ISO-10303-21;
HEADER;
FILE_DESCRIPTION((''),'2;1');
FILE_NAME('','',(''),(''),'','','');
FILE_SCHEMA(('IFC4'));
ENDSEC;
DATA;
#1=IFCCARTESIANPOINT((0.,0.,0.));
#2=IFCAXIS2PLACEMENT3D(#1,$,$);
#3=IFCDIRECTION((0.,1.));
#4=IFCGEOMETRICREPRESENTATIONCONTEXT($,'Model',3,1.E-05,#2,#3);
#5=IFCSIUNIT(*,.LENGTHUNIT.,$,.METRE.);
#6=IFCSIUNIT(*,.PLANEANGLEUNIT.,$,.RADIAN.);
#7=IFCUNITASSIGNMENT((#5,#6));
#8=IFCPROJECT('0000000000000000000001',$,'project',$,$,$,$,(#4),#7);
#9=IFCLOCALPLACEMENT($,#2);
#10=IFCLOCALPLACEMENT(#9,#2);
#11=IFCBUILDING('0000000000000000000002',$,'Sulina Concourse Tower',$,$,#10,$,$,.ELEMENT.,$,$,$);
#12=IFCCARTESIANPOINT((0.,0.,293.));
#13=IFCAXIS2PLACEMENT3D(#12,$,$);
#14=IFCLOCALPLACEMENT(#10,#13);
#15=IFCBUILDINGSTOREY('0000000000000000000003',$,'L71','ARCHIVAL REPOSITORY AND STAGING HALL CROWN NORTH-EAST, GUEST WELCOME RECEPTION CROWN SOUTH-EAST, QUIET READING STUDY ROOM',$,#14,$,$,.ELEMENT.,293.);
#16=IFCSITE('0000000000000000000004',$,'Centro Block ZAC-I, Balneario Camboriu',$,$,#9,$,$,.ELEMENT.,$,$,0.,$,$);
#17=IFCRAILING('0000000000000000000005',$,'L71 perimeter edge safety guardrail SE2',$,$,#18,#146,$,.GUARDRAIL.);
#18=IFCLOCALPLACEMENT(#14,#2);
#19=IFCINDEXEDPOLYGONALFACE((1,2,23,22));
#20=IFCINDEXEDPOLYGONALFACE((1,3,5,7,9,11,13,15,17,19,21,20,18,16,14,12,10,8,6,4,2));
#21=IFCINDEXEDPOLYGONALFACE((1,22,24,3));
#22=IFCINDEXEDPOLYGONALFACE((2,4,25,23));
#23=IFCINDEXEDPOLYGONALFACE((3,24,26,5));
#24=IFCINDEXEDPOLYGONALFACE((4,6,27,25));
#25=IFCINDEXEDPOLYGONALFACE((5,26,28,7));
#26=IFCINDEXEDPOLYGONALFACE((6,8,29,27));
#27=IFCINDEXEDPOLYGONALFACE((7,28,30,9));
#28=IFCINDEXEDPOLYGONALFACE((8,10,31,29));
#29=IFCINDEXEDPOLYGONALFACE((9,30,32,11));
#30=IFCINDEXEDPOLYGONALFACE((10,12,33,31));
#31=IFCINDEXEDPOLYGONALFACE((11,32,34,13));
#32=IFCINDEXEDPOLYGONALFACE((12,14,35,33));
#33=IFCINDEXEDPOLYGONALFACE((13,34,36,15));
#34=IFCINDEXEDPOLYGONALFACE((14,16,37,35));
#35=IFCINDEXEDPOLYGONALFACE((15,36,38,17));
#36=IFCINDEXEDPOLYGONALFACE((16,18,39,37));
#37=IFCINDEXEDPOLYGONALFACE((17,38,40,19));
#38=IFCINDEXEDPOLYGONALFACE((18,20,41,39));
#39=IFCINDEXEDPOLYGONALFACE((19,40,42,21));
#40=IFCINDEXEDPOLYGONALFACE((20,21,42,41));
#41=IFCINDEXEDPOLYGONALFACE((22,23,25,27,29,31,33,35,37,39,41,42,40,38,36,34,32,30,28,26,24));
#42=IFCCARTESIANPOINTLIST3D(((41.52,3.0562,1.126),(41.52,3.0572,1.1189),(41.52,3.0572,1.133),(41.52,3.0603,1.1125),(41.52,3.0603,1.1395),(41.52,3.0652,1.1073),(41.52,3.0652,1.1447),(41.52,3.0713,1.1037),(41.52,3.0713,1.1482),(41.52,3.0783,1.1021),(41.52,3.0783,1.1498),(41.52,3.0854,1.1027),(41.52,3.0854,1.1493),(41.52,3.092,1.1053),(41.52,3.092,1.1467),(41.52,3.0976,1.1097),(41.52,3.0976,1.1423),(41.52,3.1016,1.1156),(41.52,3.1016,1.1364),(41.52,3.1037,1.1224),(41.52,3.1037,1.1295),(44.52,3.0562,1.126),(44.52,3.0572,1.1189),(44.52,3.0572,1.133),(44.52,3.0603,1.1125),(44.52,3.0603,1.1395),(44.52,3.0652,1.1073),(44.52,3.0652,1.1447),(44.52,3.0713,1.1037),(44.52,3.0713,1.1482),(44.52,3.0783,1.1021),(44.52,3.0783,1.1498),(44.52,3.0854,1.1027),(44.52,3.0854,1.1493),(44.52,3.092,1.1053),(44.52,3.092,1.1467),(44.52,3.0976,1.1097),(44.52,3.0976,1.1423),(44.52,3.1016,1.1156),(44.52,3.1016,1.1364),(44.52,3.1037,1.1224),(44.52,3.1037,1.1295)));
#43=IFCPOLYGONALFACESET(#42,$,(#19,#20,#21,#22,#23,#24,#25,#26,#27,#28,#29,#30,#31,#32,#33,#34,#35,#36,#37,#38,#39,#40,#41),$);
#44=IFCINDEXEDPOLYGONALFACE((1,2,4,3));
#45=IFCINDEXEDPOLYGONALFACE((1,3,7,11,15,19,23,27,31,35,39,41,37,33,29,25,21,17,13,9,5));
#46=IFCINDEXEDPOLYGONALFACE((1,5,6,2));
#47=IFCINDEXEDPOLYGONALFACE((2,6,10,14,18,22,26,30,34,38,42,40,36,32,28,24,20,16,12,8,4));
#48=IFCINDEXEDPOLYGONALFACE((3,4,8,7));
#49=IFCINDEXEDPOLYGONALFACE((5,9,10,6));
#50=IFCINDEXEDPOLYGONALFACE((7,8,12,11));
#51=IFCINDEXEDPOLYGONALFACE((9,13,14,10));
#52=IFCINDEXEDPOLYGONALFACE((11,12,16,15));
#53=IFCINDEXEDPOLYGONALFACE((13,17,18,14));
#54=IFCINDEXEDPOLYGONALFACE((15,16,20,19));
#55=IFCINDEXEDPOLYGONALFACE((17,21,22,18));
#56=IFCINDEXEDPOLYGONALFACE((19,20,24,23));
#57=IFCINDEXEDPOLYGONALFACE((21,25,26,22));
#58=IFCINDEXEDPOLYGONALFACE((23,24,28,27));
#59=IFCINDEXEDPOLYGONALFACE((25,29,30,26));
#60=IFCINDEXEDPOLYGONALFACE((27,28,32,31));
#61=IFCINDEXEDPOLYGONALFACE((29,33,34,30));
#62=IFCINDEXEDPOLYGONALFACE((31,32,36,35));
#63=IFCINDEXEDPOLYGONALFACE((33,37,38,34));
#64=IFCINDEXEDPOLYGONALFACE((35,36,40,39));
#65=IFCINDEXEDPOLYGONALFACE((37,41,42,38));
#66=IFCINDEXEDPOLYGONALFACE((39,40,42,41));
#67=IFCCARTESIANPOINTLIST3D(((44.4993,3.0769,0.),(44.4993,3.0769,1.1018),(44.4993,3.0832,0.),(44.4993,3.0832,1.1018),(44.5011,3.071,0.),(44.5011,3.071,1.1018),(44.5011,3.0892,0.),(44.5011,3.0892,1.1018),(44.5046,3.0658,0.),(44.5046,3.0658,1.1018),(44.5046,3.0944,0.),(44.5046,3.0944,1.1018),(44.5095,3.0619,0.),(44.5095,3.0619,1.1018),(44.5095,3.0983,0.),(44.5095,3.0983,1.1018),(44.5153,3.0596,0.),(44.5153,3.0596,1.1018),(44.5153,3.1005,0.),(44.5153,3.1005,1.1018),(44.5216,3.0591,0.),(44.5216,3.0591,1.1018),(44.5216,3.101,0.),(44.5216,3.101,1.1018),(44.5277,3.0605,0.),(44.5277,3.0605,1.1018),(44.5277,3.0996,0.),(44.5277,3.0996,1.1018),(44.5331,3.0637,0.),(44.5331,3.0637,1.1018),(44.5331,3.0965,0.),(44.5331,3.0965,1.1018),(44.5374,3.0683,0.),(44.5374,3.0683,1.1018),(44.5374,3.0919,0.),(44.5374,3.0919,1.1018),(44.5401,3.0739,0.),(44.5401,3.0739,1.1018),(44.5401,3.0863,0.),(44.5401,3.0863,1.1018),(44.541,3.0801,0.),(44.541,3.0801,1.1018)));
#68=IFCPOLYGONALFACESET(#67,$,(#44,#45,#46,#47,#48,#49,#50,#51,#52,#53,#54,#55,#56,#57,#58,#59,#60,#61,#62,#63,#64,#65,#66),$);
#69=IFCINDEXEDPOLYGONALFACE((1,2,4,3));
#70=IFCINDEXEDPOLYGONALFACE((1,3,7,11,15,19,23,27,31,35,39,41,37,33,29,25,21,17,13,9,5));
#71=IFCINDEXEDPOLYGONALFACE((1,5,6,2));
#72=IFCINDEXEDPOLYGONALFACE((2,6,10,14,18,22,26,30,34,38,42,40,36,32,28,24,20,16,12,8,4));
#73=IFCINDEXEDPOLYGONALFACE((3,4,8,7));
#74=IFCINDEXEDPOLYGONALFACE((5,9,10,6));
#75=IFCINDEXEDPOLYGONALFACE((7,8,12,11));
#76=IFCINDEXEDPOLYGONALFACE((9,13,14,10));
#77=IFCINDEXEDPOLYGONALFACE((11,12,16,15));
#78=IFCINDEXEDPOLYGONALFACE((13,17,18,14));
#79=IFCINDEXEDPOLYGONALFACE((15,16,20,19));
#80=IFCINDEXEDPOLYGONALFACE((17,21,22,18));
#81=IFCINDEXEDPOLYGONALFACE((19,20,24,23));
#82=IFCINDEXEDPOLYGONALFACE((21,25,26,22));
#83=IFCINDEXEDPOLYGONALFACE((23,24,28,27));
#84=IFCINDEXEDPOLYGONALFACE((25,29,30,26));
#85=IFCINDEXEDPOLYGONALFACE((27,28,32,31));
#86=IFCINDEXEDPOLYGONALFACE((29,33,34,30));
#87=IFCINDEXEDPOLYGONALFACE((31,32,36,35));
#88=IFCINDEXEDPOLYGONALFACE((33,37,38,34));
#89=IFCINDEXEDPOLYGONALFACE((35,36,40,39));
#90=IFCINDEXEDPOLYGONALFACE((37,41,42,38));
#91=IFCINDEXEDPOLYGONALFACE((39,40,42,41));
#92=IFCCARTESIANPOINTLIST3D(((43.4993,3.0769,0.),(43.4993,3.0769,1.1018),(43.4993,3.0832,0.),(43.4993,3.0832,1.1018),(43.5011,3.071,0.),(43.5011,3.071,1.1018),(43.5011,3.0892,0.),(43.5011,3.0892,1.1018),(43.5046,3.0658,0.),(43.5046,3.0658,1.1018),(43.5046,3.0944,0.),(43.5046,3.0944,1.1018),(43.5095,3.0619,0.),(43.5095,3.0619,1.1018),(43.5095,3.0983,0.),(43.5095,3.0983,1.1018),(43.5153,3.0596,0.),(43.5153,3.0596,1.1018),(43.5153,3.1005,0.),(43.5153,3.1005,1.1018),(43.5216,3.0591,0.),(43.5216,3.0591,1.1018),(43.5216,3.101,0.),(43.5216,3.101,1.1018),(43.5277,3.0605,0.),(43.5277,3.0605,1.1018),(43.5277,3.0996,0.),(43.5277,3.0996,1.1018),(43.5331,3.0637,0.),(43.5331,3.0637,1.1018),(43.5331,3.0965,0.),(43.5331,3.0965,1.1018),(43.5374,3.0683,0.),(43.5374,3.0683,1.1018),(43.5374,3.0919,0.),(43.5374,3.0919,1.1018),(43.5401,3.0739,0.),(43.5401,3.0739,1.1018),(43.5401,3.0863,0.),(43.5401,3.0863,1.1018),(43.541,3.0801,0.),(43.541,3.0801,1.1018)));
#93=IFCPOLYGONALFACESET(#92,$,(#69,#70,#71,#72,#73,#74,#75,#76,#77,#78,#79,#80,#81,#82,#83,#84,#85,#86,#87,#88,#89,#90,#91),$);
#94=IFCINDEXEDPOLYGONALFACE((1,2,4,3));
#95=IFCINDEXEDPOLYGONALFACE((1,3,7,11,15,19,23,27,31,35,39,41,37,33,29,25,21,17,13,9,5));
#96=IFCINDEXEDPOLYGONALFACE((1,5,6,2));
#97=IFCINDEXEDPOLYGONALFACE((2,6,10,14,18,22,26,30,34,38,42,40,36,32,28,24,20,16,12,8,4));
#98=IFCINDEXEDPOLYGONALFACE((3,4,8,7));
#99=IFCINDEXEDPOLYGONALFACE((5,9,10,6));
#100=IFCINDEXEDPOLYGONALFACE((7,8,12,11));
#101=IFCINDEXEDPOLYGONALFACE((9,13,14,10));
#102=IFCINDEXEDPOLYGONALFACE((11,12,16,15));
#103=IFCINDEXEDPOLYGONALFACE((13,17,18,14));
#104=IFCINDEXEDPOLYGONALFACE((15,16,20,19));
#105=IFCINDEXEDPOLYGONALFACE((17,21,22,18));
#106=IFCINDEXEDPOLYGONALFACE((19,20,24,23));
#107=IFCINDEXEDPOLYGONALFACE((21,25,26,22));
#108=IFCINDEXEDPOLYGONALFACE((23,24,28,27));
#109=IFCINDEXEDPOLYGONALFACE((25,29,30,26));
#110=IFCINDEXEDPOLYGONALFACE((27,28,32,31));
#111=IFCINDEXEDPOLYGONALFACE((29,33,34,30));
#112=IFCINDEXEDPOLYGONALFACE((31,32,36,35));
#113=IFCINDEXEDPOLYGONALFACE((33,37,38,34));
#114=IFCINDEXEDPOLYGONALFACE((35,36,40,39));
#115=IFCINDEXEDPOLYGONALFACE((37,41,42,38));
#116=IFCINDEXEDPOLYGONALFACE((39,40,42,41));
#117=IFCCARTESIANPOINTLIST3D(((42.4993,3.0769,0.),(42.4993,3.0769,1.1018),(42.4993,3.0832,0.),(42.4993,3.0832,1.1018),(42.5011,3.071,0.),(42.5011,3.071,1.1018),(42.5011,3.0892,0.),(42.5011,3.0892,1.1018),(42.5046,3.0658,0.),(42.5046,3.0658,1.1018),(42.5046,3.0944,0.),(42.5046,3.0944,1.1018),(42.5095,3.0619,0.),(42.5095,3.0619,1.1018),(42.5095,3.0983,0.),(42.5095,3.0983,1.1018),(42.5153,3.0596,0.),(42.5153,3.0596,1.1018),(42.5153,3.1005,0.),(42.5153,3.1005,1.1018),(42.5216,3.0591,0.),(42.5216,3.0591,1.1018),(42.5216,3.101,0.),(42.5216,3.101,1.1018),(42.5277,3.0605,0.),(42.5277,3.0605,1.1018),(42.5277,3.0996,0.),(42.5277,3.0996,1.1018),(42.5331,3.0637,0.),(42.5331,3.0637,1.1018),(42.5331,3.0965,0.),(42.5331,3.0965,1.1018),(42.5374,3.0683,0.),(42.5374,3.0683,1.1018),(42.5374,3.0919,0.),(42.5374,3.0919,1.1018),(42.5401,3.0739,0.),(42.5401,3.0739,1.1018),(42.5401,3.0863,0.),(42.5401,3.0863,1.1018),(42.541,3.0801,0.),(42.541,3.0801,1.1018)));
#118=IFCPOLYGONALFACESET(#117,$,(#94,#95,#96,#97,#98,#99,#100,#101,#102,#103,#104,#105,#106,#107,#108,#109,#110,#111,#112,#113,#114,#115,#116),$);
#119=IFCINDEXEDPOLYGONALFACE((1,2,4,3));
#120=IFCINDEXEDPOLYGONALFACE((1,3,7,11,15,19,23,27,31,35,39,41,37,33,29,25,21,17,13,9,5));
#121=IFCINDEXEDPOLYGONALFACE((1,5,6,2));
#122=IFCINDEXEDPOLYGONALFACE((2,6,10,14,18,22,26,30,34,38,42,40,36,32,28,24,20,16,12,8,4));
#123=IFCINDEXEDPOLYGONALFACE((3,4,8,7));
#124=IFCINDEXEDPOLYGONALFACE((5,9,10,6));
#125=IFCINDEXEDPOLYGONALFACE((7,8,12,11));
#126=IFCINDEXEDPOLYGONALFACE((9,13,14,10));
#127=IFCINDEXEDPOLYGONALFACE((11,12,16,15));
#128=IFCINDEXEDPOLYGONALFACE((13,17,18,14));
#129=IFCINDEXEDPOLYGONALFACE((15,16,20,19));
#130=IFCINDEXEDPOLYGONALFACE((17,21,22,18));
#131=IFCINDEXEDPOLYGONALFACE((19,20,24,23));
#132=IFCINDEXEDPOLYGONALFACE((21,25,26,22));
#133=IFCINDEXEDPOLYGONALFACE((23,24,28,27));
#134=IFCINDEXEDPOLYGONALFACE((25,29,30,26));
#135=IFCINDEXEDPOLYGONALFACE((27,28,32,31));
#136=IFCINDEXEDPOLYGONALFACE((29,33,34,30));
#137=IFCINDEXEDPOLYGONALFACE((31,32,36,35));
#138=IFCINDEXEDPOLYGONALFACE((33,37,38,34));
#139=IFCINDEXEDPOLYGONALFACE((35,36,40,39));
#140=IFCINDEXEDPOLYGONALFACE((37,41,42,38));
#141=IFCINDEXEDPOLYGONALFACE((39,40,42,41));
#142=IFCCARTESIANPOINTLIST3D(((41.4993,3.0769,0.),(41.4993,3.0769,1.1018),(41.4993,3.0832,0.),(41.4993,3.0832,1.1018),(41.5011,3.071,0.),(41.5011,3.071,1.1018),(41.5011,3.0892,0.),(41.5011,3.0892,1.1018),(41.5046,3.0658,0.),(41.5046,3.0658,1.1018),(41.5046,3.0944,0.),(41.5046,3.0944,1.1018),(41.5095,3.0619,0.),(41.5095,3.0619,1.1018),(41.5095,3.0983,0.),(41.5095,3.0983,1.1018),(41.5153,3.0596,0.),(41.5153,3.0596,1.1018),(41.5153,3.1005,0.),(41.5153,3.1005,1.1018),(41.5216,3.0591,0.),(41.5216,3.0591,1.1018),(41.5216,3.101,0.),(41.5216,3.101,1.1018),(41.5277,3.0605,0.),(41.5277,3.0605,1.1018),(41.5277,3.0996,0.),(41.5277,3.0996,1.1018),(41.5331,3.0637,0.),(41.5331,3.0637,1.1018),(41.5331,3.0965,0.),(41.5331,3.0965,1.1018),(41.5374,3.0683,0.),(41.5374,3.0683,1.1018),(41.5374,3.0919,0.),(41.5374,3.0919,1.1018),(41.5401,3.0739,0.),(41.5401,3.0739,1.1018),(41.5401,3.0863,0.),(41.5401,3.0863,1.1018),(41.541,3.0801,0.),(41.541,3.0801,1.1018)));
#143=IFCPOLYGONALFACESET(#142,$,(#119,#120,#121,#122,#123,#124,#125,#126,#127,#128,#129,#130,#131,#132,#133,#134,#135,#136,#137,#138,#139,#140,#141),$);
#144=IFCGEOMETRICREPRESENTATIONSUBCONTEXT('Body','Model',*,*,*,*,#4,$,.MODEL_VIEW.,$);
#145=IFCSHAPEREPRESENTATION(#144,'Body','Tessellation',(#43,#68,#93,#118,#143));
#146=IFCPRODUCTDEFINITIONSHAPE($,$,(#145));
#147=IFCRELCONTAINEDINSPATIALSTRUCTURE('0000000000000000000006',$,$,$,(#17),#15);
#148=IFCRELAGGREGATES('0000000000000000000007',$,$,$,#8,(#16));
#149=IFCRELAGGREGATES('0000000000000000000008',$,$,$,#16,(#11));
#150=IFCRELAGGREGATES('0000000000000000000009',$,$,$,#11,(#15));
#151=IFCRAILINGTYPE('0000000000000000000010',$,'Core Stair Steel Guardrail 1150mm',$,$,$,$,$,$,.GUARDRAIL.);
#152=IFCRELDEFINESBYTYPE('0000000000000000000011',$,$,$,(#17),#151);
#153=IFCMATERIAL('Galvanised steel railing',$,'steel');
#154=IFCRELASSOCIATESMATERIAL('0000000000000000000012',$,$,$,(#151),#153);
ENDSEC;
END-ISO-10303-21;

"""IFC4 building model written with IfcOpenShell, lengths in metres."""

from ifc_helpers import new_model, si_unit, direction, frame, origin, origin_2d, place, context, subcontext, project, spatial, circle, extrude, material, type_object, element, save


model = new_model("IFC4")

# Units and contexts
model_context = context("Model", 3, precision=1e-05, world=origin(), true_north=direction((0.0, 1.0)))
body_context = subcontext(model_context, "Body", "Model", "MODEL_VIEW")
ifc_project = project(units=[si_unit("LENGTHUNIT", "METRE"), si_unit("PLANEANGLEUNIT", "RADIAN")], contexts=[model_context])

# Site, building, storey
site_placement = place(None, origin())
site = spatial("IfcSite", under=ifc_project, at=site_placement, Name="Centro Block ZAC-I, Balneario Camboriu", CompositionType="ELEMENT", RefElevation=0.0)
building_placement = place(site_placement, origin())
building = spatial("IfcBuilding", under=site, at=building_placement, Name="Sulina Concourse Tower", CompositionType="ELEMENT")
storey_placement = place(building_placement, frame((0.0, 0.0, 293.0)))
storey = spatial("IfcBuildingStorey", under=building, at=storey_placement, Name="L71", Description="ARCHIVAL REPOSITORY AND STAGING HALL CROWN NORTH-EAST, GUEST WELCOME RECEPTION CROWN SOUTH-EAST, QUIET READING STUDY ROOM", CompositionType="ELEMENT", Elevation=293.0)

# Railing
ifc_material_1 = material(Name="Galvanised steel railing", Category="steel")
railing_type = type_object("IfcRailingType", Name="Core Stair Steel Guardrail 1150mm", PredefinedType="GUARDRAIL", material=ifc_material_1)
railing_1_placement = place(storey_placement, frame((44.52, 3.0801, 0.0)))
element("IfcRailing", 1, at=railing_1_placement, inside=storey, type_object=railing_type, Name="L71 perimeter edge safety guardrail SE2", PredefinedType="GUARDRAIL", context=body_context, shape_type="SweptSolid", body=[
    extrude(circle(Radius=0.0239, at=origin_2d()), frame((0.0, 0.0, 1.126), z_axis=(-1.0, 0.0, 0.0), x_axis=(0.0, -1.0, 0.0)), (0.0, 0.0, 1.0), 3.0),
    extrude(circle(Radius=0.021, at=origin_2d()), origin(), (0.0, 0.0, 1.0), 1.1018),
    extrude(circle(Radius=0.021, at=origin_2d()), frame((-1.0, 0.0, 0.0)), (0.0, 0.0, 1.0), 1.1018),
    extrude(circle(Radius=0.021, at=origin_2d()), frame((-2.0, 0.0, 0.0)), (0.0, 0.0, 1.0), 1.1018),
    extrude(circle(Radius=0.021, at=origin_2d()), frame((-3.0, 0.0, 0.0)), (0.0, 0.0, 1.0), 1.1018),
])

save(model, "model.ifc")
